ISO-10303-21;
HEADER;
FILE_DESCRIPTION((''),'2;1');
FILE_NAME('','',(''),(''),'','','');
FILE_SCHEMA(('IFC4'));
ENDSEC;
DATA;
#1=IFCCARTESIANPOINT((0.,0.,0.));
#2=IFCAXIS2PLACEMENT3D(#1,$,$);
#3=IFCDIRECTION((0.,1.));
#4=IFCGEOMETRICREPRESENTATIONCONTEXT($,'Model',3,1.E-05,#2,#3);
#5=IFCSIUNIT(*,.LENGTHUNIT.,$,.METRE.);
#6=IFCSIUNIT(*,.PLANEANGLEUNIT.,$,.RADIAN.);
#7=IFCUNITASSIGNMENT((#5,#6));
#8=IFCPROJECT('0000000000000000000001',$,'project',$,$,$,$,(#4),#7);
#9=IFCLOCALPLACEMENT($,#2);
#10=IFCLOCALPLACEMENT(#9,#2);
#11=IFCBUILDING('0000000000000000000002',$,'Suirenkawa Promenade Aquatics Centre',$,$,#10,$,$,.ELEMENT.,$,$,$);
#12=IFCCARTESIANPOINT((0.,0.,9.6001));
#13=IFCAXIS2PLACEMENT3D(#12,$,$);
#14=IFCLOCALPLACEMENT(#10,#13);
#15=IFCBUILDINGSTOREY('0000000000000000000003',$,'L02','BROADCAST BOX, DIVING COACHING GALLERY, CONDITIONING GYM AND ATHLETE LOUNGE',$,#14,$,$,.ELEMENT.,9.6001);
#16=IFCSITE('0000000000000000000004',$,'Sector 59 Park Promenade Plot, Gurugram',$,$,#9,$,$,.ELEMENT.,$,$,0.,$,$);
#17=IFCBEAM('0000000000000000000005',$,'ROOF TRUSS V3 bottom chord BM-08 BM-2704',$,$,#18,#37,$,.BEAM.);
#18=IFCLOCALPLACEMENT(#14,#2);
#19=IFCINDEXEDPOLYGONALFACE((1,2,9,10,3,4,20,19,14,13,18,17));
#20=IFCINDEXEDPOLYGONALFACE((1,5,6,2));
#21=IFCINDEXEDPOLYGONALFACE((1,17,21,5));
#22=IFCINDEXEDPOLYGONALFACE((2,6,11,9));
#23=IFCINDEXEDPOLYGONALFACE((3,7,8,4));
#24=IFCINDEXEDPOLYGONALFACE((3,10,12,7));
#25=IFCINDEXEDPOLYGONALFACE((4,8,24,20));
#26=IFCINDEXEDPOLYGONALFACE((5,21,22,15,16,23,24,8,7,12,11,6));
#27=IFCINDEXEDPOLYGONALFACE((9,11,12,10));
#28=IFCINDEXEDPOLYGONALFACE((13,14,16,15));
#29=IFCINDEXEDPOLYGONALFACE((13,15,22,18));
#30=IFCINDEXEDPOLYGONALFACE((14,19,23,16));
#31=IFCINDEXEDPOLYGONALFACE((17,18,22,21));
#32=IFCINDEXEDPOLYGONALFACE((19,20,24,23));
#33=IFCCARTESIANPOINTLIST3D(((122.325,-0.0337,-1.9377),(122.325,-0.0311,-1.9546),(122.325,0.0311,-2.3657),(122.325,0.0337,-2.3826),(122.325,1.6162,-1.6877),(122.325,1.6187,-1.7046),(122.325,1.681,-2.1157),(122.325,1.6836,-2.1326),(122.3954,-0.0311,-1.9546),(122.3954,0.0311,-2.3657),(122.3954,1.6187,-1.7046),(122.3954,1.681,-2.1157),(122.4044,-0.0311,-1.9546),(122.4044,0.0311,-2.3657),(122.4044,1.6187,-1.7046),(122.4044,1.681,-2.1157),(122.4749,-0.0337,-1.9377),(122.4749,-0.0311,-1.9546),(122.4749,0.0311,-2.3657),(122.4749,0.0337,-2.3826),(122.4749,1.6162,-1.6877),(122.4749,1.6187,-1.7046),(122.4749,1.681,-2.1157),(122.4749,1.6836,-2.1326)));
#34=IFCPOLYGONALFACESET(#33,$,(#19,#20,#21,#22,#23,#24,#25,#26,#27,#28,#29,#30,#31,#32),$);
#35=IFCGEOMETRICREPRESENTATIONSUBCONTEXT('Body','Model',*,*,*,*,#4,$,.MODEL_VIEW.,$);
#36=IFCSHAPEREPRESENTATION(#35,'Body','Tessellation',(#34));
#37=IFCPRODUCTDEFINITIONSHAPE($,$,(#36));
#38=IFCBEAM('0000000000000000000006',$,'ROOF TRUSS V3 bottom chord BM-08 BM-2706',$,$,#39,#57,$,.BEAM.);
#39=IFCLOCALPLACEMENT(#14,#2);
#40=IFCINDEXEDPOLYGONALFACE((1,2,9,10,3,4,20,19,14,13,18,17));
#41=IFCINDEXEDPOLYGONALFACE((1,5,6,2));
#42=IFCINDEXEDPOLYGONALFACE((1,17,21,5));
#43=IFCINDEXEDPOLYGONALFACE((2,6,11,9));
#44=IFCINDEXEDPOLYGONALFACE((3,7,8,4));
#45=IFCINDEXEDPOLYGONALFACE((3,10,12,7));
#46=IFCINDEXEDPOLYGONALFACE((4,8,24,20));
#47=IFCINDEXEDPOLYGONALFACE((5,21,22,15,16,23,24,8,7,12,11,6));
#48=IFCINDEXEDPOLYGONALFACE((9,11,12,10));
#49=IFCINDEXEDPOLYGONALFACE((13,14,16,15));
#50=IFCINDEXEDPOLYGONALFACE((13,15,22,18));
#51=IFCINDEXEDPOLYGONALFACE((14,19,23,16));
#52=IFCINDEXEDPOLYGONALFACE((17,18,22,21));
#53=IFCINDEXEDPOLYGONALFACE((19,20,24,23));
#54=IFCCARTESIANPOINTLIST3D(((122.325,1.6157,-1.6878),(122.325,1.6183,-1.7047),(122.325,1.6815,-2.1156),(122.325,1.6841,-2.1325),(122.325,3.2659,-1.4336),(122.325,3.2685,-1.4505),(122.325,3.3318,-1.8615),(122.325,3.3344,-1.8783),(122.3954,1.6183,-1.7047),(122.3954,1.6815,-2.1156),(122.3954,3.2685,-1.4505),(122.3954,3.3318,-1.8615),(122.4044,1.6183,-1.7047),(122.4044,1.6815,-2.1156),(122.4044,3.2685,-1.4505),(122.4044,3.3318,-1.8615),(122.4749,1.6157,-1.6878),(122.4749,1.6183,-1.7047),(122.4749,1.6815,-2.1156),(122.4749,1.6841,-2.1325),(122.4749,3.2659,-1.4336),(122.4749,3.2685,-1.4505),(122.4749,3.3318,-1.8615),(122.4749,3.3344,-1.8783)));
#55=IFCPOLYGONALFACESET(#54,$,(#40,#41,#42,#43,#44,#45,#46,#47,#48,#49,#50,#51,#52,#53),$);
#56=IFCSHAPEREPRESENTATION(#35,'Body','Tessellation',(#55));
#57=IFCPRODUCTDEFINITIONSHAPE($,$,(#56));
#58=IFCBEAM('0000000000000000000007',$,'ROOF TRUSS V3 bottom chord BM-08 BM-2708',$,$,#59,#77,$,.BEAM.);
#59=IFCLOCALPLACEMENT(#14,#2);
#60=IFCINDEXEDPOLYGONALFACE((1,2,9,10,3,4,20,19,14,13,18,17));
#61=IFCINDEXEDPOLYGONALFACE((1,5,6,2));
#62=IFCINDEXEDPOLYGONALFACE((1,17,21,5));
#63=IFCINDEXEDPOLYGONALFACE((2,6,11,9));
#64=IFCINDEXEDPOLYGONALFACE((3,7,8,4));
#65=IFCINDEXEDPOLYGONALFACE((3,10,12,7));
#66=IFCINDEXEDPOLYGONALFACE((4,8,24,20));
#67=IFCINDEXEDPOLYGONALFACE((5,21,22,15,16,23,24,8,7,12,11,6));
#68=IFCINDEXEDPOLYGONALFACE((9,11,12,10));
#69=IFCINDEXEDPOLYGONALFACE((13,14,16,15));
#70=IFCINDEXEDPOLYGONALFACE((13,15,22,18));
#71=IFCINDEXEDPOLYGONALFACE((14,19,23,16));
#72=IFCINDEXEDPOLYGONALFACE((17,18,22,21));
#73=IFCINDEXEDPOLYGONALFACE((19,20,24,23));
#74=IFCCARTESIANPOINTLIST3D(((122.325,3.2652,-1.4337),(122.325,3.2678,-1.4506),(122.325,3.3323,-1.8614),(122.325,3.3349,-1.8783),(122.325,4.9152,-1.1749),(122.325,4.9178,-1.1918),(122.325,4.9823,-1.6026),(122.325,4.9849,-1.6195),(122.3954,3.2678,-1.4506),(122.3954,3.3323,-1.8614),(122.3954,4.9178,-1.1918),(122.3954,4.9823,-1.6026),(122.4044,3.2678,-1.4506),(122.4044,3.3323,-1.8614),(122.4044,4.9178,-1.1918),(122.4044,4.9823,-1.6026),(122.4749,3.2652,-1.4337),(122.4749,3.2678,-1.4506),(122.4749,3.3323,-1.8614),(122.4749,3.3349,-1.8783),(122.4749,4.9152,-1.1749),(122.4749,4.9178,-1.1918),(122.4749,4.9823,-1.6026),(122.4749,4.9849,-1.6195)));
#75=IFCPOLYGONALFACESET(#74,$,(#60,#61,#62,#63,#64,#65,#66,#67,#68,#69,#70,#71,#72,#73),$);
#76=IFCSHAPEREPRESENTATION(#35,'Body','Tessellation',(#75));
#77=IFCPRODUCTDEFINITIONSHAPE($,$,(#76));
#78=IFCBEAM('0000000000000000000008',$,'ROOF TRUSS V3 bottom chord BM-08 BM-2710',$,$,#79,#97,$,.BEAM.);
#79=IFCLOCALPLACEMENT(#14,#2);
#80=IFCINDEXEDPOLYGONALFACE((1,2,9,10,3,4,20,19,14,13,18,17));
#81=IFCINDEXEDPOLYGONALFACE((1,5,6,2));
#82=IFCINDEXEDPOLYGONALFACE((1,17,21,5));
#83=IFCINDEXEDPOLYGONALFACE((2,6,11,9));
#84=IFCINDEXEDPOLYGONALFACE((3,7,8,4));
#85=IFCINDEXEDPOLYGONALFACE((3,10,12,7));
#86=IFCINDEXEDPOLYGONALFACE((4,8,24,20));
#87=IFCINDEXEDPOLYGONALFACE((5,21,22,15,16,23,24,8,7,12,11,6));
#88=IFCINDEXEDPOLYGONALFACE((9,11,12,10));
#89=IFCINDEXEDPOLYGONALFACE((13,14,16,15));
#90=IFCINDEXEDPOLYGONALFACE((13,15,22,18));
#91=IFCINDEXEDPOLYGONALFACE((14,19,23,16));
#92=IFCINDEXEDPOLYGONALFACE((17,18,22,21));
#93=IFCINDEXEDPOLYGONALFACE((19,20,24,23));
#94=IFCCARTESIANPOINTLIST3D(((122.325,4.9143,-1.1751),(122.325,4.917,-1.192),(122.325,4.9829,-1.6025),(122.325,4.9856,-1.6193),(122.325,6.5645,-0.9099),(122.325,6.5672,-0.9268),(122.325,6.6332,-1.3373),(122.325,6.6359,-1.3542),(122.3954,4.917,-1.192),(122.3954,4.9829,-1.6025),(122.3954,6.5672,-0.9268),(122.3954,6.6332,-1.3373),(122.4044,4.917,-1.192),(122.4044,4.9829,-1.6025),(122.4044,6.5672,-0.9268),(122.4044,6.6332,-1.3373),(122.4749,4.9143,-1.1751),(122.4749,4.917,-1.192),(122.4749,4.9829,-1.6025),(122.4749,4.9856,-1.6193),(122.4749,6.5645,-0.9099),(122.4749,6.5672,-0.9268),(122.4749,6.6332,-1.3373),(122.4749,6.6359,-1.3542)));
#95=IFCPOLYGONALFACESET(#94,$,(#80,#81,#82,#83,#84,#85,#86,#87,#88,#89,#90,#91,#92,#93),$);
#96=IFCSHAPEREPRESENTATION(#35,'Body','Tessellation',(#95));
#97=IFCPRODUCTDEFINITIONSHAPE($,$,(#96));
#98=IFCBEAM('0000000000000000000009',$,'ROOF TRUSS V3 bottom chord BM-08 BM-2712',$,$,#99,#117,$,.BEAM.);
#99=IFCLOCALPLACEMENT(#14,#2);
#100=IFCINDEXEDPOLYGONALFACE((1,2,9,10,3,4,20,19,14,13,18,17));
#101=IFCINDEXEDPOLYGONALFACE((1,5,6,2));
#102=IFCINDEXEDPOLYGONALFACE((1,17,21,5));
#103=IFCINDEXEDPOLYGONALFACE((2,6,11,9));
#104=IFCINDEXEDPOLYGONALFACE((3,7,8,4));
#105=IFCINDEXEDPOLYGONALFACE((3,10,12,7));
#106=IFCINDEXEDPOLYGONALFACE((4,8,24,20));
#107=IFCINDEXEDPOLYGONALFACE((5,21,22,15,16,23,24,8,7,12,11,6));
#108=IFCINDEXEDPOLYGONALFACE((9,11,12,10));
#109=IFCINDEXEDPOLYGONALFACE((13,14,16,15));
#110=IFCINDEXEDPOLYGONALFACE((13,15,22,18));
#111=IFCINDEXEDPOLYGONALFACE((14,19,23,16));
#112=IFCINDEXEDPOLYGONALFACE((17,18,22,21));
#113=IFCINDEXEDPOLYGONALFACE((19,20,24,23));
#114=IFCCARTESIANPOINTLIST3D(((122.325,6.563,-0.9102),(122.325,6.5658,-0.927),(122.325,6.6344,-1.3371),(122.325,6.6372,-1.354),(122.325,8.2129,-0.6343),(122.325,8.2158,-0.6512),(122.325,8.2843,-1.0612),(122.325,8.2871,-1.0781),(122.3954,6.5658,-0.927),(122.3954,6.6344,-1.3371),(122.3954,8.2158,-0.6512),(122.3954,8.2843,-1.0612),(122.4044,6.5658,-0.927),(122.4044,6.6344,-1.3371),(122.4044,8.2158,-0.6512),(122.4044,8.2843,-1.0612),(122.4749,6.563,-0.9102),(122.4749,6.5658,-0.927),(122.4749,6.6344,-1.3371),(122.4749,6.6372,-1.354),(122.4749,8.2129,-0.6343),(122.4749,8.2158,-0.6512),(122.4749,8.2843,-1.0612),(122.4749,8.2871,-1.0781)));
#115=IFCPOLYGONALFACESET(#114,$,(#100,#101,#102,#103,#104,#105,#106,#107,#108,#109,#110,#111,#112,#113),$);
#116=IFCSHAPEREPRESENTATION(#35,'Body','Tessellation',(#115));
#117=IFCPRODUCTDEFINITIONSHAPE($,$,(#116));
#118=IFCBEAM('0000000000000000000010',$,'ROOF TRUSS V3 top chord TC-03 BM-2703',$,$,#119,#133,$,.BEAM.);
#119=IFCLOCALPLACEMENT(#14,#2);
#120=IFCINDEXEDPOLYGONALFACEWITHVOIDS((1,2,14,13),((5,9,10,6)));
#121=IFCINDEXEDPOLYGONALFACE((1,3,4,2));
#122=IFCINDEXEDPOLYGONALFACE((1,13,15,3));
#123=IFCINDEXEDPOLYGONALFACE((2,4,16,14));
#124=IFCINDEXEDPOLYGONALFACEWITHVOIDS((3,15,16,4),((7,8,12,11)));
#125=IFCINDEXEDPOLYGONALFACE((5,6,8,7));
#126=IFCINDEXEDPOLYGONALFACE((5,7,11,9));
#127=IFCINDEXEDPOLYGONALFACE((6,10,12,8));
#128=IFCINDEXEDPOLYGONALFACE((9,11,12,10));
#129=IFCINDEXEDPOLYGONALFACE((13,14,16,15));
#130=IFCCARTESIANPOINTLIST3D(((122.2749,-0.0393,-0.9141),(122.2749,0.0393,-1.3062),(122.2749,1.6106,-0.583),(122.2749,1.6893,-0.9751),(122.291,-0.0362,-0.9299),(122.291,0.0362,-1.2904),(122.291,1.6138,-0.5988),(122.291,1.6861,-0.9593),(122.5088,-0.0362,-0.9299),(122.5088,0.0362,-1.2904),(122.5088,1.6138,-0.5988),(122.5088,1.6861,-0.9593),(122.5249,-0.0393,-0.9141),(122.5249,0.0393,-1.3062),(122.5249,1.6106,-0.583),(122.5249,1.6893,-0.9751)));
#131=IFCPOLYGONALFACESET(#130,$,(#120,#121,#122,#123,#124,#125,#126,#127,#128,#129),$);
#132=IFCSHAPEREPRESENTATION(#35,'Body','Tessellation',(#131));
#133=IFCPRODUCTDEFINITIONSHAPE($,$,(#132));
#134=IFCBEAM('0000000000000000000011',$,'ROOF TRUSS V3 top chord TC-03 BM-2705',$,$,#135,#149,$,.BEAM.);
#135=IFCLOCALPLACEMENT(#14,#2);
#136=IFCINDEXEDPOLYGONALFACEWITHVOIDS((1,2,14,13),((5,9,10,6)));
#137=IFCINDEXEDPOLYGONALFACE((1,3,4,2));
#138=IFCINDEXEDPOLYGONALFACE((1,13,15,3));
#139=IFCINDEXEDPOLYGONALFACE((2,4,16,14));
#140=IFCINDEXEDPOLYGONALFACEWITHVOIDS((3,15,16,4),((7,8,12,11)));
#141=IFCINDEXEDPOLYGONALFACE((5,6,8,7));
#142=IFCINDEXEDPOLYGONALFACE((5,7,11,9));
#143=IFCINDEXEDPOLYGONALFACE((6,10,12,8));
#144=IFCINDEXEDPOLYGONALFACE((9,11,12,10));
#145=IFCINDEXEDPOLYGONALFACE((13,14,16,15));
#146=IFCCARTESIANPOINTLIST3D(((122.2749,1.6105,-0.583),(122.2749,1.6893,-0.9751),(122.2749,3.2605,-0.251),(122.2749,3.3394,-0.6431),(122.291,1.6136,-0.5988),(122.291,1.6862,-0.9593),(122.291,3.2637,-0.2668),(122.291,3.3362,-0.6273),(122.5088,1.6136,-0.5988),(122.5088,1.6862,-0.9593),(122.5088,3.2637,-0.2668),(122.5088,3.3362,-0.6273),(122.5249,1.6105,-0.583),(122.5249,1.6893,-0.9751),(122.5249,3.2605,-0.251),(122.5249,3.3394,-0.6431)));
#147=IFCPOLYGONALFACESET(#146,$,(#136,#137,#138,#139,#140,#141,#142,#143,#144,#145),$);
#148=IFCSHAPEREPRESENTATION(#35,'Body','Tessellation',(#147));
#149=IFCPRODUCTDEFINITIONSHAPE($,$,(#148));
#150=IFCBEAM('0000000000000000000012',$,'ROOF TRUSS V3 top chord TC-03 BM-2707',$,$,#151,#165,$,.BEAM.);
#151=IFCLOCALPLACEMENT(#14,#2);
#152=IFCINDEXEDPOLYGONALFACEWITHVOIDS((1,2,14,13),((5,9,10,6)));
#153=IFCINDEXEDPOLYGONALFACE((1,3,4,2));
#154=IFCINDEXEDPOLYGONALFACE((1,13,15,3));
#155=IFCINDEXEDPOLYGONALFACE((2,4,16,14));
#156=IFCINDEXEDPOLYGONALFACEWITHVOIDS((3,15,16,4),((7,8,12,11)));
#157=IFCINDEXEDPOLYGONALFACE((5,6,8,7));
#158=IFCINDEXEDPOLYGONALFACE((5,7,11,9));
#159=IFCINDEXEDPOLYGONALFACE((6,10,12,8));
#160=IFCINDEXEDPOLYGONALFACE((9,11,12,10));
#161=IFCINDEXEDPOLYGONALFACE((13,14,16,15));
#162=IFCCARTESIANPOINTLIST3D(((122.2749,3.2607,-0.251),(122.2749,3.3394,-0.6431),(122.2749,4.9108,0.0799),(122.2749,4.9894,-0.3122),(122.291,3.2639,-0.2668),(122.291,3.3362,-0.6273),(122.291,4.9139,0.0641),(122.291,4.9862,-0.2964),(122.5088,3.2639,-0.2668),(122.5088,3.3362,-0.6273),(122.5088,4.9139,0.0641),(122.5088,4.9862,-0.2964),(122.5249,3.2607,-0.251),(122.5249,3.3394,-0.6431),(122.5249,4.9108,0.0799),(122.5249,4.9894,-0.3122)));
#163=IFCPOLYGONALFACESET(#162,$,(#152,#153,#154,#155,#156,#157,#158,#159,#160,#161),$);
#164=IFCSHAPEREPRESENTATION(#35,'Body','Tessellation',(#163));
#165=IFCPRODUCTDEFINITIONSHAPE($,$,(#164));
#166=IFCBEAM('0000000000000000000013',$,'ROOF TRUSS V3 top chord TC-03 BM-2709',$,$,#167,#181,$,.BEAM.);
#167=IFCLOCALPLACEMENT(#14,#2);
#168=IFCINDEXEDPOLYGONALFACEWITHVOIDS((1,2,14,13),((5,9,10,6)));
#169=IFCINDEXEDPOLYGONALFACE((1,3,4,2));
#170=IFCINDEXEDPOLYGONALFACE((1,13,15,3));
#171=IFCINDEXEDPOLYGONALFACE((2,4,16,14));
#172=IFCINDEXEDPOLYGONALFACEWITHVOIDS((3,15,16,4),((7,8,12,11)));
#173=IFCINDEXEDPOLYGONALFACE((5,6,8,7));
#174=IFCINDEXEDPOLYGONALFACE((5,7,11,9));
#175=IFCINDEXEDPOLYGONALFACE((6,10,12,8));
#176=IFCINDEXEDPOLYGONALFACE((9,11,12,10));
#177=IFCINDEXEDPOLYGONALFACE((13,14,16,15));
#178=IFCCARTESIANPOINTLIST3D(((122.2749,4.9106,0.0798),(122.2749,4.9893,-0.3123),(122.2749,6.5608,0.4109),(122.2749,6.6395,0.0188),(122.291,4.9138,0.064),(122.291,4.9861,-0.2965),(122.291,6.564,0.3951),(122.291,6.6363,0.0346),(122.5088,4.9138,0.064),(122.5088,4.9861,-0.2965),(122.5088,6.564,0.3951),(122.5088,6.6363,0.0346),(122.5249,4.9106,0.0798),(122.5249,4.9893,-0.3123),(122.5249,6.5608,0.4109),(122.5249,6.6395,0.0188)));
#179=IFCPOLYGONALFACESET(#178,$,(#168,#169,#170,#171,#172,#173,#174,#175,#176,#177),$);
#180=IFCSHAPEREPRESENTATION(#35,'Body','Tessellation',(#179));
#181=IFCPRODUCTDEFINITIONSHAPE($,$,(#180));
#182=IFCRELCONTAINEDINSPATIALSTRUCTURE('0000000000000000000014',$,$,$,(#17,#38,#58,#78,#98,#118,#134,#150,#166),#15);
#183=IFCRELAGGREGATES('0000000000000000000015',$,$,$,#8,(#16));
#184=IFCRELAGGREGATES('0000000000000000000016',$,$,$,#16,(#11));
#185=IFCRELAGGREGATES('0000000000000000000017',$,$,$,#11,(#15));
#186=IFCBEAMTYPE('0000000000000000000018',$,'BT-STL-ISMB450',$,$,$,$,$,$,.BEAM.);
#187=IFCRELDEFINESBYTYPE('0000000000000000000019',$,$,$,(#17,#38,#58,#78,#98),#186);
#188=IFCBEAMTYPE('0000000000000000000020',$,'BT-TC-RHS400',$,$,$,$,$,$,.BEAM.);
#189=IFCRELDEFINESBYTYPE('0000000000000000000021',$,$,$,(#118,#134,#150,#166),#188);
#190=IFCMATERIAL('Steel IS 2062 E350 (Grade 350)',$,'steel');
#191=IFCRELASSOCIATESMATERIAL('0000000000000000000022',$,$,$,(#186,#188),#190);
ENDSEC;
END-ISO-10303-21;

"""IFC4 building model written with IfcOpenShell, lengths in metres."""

from ifc_helpers import new_model, si_unit, direction, frame, origin, origin_2d, place, context, subcontext, project, spatial, hollow_rectangle, i_section, extrude, material, material_profile, profile_set, type_object, element, save


model = new_model("IFC4")

# Units and contexts
model_context = context("Model", 3, precision=1e-05, world=origin(), true_north=direction((0.0, 1.0)))
body_context = subcontext(model_context, "Body", "Model", "MODEL_VIEW")
ifc_project = project(units=[si_unit("LENGTHUNIT", "METRE"), si_unit("PLANEANGLEUNIT", "RADIAN")], contexts=[model_context])

# Site, building, storey
site_placement = place(None, origin())
site = spatial("IfcSite", under=ifc_project, at=site_placement, Name="Sector 59 Park Promenade Plot, Gurugram", CompositionType="ELEMENT", RefElevation=0.0)
building_placement = place(site_placement, origin())
building = spatial("IfcBuilding", under=site, at=building_placement, Name="Suirenkawa Promenade Aquatics Centre", CompositionType="ELEMENT")
storey_placement = place(building_placement, frame((0.0, 0.0, 9.6001)))
storey = spatial("IfcBuildingStorey", under=building, at=storey_placement, Name="L02", Description="BROADCAST BOX, DIVING COACHING GALLERY, CONDITIONING GYM AND ATHLETE LOUNGE", CompositionType="ELEMENT", Elevation=9.6001)

# Beams
ifc_material_1 = material(Name="Steel IS 2062 E350 (Grade 350)", Category="steel")
ifc_material_profile_1 = material_profile(ifc_material_1, i_section(OverallWidth=0.1499, OverallDepth=0.45, WebThickness=0.009, FlangeThickness=0.0171, at=origin_2d()), Name="ISMB 450", Category="steel")
ifc_profile_set_1 = profile_set([ifc_material_profile_1], Name="Steel IS 2062 E350 (Grade 350)")
beam_type_1 = type_object("IfcBeamType", Name="BT-STL-ISMB450", PredefinedType="BEAM", material=ifc_profile_set_1)
beam_1_placement = place(storey_placement, frame((122.3999, 0.0, -2.1602), z_axis=(0.0, 0.988714, 0.149814), x_axis=(-1.0, 0.0, 0.0)))
element("IfcBeam", 1, at=beam_1_placement, inside=storey, type_object=beam_type_1, Name="ROOF TRUSS V3 bottom chord BM-08 BM-2704", PredefinedType="BEAM", context=body_context, shape_type="SweptSolid", body=[
    extrude(i_section(OverallWidth=0.1499, OverallDepth=0.45, WebThickness=0.009, FlangeThickness=0.0171, at=origin_2d()), origin(), (0.0, 0.0, 1.0), 1.6687),
])
beam_2_placement = place(storey_placement, frame((122.3999, 1.6499, -1.9102), z_axis=(0.0, 0.988346, 0.152222), x_axis=(-1.0, 0.0, 0.0)))
element("IfcBeam", 2, at=beam_2_placement, inside=storey, type_object=beam_type_1, Name="ROOF TRUSS V3 bottom chord BM-08 BM-2706", PredefinedType="BEAM", context=body_context, shape_type="SweptSolid", body=[
    extrude(i_section(OverallWidth=0.1499, OverallDepth=0.45, WebThickness=0.009, FlangeThickness=0.0171, at=origin_2d()), origin(), (0.0, 0.0, 1.0), 1.6697),
])
beam_3_placement = place(storey_placement, frame((122.3999, 3.3, -1.656), z_axis=(0.0, 0.987921, 0.154957), x_axis=(-1.0, 0.0, 0.0)))
element("IfcBeam", 3, at=beam_3_placement, inside=storey, type_object=beam_type_1, Name="ROOF TRUSS V3 bottom chord BM-08 BM-2708", PredefinedType="BEAM", context=body_context, shape_type="SweptSolid", body=[
    extrude(i_section(OverallWidth=0.1499, OverallDepth=0.45, WebThickness=0.009, FlangeThickness=0.0171, at=origin_2d()), origin(), (0.0, 0.0, 1.0), 1.6702),
])
beam_4_placement = place(storey_placement, frame((122.3999, 4.95, -1.3972), z_axis=(0.0, 0.987337, 0.15864), x_axis=(-1.0, 0.0, 0.0)))
element("IfcBeam", 4, at=beam_4_placement, inside=storey, type_object=beam_type_1, Name="ROOF TRUSS V3 bottom chord BM-08 BM-2710", PredefinedType="BEAM", context=body_context, shape_type="SweptSolid", body=[
    extrude(i_section(OverallWidth=0.1499, OverallDepth=0.45, WebThickness=0.009, FlangeThickness=0.0171, at=origin_2d()), origin(), (0.0, 0.0, 1.0), 1.6714),
])
beam_5_placement = place(storey_placement, frame((122.3999, 6.6001, -1.1321), z_axis=(0.0, 0.986307, 0.16492), x_axis=(-1.0, 0.0, 0.0)))
element("IfcBeam", 5, at=beam_5_placement, inside=storey, type_object=beam_type_1, Name="ROOF TRUSS V3 bottom chord BM-08 BM-2712", PredefinedType="BEAM", context=body_context, shape_type="SweptSolid", body=[
    extrude(i_section(OverallWidth=0.1499, OverallDepth=0.45, WebThickness=0.009, FlangeThickness=0.0171, at=origin_2d()), origin(), (0.0, 0.0, 1.0), 1.6729),
])
ifc_material_profile_2 = material_profile(ifc_material_1, hollow_rectangle(XDim=0.25, YDim=0.3999, WallThickness=0.0161, at=origin_2d()), Name="RHS 400x250x16", Category="steel")
ifc_profile_set_2 = profile_set([ifc_material_profile_2], Name="Steel IS 2062 E350 (Grade 350)")
beam_type_2 = type_object("IfcBeamType", Name="BT-TC-RHS400", PredefinedType="BEAM", material=ifc_profile_set_2)
beam_6_placement = place(storey_placement, frame((122.3999, 0.0, -1.1101), z_axis=(0.0, 0.980458, 0.19673), x_axis=(-1.0, 0.0, 0.0)))
element("IfcBeam", 6, at=beam_6_placement, inside=storey, type_object=beam_type_2, Name="ROOF TRUSS V3 top chord TC-03 BM-2703", PredefinedType="BEAM", context=body_context, shape_type="SweptSolid", body=[
    extrude(hollow_rectangle(XDim=0.25, YDim=0.3999, WallThickness=0.0161, at=origin_2d()), origin(), (0.0, 0.0, 1.0), 1.6829),
])
beam_7_placement = place(storey_placement, frame((122.3999, 1.6499, -0.7791), z_axis=(0.0, 0.980351, 0.19726), x_axis=(-1.0, 0.0, 0.0)))
element("IfcBeam", 7, at=beam_7_placement, inside=storey, type_object=beam_type_2, Name="ROOF TRUSS V3 top chord TC-03 BM-2705", PredefinedType="BEAM", context=body_context, shape_type="SweptSolid", body=[
    extrude(hollow_rectangle(XDim=0.25, YDim=0.3999, WallThickness=0.0161, at=origin_2d()), origin(), (0.0, 0.0, 1.0), 1.6831),
])
beam_8_placement = place(storey_placement, frame((122.3999, 3.3, -0.447), z_axis=(0.0, 0.980486, 0.19659), x_axis=(-1.0, 0.0, 0.0)))
element("IfcBeam", 8, at=beam_8_placement, inside=storey, type_object=beam_type_2, Name="ROOF TRUSS V3 top chord TC-03 BM-2707", PredefinedType="BEAM", context=body_context, shape_type="SweptSolid", body=[
    extrude(hollow_rectangle(XDim=0.25, YDim=0.3999, WallThickness=0.0161, at=origin_2d()), origin(), (0.0, 0.0, 1.0), 1.6829),
])
beam_9_placement = place(storey_placement, frame((122.3999, 4.95, -0.1162), z_axis=(0.0, 0.980463, 0.196702), x_axis=(-1.0, 0.0, 0.0)))
element("IfcBeam", 9, at=beam_9_placement, inside=storey, type_object=beam_type_2, Name="ROOF TRUSS V3 top chord TC-03 BM-2709", PredefinedType="BEAM", context=body_context, shape_type="SweptSolid", body=[
    extrude(hollow_rectangle(XDim=0.25, YDim=0.3999, WallThickness=0.0161, at=origin_2d()), origin(), (0.0, 0.0, 1.0), 1.6831),
])

save(model, "model.ifc")
